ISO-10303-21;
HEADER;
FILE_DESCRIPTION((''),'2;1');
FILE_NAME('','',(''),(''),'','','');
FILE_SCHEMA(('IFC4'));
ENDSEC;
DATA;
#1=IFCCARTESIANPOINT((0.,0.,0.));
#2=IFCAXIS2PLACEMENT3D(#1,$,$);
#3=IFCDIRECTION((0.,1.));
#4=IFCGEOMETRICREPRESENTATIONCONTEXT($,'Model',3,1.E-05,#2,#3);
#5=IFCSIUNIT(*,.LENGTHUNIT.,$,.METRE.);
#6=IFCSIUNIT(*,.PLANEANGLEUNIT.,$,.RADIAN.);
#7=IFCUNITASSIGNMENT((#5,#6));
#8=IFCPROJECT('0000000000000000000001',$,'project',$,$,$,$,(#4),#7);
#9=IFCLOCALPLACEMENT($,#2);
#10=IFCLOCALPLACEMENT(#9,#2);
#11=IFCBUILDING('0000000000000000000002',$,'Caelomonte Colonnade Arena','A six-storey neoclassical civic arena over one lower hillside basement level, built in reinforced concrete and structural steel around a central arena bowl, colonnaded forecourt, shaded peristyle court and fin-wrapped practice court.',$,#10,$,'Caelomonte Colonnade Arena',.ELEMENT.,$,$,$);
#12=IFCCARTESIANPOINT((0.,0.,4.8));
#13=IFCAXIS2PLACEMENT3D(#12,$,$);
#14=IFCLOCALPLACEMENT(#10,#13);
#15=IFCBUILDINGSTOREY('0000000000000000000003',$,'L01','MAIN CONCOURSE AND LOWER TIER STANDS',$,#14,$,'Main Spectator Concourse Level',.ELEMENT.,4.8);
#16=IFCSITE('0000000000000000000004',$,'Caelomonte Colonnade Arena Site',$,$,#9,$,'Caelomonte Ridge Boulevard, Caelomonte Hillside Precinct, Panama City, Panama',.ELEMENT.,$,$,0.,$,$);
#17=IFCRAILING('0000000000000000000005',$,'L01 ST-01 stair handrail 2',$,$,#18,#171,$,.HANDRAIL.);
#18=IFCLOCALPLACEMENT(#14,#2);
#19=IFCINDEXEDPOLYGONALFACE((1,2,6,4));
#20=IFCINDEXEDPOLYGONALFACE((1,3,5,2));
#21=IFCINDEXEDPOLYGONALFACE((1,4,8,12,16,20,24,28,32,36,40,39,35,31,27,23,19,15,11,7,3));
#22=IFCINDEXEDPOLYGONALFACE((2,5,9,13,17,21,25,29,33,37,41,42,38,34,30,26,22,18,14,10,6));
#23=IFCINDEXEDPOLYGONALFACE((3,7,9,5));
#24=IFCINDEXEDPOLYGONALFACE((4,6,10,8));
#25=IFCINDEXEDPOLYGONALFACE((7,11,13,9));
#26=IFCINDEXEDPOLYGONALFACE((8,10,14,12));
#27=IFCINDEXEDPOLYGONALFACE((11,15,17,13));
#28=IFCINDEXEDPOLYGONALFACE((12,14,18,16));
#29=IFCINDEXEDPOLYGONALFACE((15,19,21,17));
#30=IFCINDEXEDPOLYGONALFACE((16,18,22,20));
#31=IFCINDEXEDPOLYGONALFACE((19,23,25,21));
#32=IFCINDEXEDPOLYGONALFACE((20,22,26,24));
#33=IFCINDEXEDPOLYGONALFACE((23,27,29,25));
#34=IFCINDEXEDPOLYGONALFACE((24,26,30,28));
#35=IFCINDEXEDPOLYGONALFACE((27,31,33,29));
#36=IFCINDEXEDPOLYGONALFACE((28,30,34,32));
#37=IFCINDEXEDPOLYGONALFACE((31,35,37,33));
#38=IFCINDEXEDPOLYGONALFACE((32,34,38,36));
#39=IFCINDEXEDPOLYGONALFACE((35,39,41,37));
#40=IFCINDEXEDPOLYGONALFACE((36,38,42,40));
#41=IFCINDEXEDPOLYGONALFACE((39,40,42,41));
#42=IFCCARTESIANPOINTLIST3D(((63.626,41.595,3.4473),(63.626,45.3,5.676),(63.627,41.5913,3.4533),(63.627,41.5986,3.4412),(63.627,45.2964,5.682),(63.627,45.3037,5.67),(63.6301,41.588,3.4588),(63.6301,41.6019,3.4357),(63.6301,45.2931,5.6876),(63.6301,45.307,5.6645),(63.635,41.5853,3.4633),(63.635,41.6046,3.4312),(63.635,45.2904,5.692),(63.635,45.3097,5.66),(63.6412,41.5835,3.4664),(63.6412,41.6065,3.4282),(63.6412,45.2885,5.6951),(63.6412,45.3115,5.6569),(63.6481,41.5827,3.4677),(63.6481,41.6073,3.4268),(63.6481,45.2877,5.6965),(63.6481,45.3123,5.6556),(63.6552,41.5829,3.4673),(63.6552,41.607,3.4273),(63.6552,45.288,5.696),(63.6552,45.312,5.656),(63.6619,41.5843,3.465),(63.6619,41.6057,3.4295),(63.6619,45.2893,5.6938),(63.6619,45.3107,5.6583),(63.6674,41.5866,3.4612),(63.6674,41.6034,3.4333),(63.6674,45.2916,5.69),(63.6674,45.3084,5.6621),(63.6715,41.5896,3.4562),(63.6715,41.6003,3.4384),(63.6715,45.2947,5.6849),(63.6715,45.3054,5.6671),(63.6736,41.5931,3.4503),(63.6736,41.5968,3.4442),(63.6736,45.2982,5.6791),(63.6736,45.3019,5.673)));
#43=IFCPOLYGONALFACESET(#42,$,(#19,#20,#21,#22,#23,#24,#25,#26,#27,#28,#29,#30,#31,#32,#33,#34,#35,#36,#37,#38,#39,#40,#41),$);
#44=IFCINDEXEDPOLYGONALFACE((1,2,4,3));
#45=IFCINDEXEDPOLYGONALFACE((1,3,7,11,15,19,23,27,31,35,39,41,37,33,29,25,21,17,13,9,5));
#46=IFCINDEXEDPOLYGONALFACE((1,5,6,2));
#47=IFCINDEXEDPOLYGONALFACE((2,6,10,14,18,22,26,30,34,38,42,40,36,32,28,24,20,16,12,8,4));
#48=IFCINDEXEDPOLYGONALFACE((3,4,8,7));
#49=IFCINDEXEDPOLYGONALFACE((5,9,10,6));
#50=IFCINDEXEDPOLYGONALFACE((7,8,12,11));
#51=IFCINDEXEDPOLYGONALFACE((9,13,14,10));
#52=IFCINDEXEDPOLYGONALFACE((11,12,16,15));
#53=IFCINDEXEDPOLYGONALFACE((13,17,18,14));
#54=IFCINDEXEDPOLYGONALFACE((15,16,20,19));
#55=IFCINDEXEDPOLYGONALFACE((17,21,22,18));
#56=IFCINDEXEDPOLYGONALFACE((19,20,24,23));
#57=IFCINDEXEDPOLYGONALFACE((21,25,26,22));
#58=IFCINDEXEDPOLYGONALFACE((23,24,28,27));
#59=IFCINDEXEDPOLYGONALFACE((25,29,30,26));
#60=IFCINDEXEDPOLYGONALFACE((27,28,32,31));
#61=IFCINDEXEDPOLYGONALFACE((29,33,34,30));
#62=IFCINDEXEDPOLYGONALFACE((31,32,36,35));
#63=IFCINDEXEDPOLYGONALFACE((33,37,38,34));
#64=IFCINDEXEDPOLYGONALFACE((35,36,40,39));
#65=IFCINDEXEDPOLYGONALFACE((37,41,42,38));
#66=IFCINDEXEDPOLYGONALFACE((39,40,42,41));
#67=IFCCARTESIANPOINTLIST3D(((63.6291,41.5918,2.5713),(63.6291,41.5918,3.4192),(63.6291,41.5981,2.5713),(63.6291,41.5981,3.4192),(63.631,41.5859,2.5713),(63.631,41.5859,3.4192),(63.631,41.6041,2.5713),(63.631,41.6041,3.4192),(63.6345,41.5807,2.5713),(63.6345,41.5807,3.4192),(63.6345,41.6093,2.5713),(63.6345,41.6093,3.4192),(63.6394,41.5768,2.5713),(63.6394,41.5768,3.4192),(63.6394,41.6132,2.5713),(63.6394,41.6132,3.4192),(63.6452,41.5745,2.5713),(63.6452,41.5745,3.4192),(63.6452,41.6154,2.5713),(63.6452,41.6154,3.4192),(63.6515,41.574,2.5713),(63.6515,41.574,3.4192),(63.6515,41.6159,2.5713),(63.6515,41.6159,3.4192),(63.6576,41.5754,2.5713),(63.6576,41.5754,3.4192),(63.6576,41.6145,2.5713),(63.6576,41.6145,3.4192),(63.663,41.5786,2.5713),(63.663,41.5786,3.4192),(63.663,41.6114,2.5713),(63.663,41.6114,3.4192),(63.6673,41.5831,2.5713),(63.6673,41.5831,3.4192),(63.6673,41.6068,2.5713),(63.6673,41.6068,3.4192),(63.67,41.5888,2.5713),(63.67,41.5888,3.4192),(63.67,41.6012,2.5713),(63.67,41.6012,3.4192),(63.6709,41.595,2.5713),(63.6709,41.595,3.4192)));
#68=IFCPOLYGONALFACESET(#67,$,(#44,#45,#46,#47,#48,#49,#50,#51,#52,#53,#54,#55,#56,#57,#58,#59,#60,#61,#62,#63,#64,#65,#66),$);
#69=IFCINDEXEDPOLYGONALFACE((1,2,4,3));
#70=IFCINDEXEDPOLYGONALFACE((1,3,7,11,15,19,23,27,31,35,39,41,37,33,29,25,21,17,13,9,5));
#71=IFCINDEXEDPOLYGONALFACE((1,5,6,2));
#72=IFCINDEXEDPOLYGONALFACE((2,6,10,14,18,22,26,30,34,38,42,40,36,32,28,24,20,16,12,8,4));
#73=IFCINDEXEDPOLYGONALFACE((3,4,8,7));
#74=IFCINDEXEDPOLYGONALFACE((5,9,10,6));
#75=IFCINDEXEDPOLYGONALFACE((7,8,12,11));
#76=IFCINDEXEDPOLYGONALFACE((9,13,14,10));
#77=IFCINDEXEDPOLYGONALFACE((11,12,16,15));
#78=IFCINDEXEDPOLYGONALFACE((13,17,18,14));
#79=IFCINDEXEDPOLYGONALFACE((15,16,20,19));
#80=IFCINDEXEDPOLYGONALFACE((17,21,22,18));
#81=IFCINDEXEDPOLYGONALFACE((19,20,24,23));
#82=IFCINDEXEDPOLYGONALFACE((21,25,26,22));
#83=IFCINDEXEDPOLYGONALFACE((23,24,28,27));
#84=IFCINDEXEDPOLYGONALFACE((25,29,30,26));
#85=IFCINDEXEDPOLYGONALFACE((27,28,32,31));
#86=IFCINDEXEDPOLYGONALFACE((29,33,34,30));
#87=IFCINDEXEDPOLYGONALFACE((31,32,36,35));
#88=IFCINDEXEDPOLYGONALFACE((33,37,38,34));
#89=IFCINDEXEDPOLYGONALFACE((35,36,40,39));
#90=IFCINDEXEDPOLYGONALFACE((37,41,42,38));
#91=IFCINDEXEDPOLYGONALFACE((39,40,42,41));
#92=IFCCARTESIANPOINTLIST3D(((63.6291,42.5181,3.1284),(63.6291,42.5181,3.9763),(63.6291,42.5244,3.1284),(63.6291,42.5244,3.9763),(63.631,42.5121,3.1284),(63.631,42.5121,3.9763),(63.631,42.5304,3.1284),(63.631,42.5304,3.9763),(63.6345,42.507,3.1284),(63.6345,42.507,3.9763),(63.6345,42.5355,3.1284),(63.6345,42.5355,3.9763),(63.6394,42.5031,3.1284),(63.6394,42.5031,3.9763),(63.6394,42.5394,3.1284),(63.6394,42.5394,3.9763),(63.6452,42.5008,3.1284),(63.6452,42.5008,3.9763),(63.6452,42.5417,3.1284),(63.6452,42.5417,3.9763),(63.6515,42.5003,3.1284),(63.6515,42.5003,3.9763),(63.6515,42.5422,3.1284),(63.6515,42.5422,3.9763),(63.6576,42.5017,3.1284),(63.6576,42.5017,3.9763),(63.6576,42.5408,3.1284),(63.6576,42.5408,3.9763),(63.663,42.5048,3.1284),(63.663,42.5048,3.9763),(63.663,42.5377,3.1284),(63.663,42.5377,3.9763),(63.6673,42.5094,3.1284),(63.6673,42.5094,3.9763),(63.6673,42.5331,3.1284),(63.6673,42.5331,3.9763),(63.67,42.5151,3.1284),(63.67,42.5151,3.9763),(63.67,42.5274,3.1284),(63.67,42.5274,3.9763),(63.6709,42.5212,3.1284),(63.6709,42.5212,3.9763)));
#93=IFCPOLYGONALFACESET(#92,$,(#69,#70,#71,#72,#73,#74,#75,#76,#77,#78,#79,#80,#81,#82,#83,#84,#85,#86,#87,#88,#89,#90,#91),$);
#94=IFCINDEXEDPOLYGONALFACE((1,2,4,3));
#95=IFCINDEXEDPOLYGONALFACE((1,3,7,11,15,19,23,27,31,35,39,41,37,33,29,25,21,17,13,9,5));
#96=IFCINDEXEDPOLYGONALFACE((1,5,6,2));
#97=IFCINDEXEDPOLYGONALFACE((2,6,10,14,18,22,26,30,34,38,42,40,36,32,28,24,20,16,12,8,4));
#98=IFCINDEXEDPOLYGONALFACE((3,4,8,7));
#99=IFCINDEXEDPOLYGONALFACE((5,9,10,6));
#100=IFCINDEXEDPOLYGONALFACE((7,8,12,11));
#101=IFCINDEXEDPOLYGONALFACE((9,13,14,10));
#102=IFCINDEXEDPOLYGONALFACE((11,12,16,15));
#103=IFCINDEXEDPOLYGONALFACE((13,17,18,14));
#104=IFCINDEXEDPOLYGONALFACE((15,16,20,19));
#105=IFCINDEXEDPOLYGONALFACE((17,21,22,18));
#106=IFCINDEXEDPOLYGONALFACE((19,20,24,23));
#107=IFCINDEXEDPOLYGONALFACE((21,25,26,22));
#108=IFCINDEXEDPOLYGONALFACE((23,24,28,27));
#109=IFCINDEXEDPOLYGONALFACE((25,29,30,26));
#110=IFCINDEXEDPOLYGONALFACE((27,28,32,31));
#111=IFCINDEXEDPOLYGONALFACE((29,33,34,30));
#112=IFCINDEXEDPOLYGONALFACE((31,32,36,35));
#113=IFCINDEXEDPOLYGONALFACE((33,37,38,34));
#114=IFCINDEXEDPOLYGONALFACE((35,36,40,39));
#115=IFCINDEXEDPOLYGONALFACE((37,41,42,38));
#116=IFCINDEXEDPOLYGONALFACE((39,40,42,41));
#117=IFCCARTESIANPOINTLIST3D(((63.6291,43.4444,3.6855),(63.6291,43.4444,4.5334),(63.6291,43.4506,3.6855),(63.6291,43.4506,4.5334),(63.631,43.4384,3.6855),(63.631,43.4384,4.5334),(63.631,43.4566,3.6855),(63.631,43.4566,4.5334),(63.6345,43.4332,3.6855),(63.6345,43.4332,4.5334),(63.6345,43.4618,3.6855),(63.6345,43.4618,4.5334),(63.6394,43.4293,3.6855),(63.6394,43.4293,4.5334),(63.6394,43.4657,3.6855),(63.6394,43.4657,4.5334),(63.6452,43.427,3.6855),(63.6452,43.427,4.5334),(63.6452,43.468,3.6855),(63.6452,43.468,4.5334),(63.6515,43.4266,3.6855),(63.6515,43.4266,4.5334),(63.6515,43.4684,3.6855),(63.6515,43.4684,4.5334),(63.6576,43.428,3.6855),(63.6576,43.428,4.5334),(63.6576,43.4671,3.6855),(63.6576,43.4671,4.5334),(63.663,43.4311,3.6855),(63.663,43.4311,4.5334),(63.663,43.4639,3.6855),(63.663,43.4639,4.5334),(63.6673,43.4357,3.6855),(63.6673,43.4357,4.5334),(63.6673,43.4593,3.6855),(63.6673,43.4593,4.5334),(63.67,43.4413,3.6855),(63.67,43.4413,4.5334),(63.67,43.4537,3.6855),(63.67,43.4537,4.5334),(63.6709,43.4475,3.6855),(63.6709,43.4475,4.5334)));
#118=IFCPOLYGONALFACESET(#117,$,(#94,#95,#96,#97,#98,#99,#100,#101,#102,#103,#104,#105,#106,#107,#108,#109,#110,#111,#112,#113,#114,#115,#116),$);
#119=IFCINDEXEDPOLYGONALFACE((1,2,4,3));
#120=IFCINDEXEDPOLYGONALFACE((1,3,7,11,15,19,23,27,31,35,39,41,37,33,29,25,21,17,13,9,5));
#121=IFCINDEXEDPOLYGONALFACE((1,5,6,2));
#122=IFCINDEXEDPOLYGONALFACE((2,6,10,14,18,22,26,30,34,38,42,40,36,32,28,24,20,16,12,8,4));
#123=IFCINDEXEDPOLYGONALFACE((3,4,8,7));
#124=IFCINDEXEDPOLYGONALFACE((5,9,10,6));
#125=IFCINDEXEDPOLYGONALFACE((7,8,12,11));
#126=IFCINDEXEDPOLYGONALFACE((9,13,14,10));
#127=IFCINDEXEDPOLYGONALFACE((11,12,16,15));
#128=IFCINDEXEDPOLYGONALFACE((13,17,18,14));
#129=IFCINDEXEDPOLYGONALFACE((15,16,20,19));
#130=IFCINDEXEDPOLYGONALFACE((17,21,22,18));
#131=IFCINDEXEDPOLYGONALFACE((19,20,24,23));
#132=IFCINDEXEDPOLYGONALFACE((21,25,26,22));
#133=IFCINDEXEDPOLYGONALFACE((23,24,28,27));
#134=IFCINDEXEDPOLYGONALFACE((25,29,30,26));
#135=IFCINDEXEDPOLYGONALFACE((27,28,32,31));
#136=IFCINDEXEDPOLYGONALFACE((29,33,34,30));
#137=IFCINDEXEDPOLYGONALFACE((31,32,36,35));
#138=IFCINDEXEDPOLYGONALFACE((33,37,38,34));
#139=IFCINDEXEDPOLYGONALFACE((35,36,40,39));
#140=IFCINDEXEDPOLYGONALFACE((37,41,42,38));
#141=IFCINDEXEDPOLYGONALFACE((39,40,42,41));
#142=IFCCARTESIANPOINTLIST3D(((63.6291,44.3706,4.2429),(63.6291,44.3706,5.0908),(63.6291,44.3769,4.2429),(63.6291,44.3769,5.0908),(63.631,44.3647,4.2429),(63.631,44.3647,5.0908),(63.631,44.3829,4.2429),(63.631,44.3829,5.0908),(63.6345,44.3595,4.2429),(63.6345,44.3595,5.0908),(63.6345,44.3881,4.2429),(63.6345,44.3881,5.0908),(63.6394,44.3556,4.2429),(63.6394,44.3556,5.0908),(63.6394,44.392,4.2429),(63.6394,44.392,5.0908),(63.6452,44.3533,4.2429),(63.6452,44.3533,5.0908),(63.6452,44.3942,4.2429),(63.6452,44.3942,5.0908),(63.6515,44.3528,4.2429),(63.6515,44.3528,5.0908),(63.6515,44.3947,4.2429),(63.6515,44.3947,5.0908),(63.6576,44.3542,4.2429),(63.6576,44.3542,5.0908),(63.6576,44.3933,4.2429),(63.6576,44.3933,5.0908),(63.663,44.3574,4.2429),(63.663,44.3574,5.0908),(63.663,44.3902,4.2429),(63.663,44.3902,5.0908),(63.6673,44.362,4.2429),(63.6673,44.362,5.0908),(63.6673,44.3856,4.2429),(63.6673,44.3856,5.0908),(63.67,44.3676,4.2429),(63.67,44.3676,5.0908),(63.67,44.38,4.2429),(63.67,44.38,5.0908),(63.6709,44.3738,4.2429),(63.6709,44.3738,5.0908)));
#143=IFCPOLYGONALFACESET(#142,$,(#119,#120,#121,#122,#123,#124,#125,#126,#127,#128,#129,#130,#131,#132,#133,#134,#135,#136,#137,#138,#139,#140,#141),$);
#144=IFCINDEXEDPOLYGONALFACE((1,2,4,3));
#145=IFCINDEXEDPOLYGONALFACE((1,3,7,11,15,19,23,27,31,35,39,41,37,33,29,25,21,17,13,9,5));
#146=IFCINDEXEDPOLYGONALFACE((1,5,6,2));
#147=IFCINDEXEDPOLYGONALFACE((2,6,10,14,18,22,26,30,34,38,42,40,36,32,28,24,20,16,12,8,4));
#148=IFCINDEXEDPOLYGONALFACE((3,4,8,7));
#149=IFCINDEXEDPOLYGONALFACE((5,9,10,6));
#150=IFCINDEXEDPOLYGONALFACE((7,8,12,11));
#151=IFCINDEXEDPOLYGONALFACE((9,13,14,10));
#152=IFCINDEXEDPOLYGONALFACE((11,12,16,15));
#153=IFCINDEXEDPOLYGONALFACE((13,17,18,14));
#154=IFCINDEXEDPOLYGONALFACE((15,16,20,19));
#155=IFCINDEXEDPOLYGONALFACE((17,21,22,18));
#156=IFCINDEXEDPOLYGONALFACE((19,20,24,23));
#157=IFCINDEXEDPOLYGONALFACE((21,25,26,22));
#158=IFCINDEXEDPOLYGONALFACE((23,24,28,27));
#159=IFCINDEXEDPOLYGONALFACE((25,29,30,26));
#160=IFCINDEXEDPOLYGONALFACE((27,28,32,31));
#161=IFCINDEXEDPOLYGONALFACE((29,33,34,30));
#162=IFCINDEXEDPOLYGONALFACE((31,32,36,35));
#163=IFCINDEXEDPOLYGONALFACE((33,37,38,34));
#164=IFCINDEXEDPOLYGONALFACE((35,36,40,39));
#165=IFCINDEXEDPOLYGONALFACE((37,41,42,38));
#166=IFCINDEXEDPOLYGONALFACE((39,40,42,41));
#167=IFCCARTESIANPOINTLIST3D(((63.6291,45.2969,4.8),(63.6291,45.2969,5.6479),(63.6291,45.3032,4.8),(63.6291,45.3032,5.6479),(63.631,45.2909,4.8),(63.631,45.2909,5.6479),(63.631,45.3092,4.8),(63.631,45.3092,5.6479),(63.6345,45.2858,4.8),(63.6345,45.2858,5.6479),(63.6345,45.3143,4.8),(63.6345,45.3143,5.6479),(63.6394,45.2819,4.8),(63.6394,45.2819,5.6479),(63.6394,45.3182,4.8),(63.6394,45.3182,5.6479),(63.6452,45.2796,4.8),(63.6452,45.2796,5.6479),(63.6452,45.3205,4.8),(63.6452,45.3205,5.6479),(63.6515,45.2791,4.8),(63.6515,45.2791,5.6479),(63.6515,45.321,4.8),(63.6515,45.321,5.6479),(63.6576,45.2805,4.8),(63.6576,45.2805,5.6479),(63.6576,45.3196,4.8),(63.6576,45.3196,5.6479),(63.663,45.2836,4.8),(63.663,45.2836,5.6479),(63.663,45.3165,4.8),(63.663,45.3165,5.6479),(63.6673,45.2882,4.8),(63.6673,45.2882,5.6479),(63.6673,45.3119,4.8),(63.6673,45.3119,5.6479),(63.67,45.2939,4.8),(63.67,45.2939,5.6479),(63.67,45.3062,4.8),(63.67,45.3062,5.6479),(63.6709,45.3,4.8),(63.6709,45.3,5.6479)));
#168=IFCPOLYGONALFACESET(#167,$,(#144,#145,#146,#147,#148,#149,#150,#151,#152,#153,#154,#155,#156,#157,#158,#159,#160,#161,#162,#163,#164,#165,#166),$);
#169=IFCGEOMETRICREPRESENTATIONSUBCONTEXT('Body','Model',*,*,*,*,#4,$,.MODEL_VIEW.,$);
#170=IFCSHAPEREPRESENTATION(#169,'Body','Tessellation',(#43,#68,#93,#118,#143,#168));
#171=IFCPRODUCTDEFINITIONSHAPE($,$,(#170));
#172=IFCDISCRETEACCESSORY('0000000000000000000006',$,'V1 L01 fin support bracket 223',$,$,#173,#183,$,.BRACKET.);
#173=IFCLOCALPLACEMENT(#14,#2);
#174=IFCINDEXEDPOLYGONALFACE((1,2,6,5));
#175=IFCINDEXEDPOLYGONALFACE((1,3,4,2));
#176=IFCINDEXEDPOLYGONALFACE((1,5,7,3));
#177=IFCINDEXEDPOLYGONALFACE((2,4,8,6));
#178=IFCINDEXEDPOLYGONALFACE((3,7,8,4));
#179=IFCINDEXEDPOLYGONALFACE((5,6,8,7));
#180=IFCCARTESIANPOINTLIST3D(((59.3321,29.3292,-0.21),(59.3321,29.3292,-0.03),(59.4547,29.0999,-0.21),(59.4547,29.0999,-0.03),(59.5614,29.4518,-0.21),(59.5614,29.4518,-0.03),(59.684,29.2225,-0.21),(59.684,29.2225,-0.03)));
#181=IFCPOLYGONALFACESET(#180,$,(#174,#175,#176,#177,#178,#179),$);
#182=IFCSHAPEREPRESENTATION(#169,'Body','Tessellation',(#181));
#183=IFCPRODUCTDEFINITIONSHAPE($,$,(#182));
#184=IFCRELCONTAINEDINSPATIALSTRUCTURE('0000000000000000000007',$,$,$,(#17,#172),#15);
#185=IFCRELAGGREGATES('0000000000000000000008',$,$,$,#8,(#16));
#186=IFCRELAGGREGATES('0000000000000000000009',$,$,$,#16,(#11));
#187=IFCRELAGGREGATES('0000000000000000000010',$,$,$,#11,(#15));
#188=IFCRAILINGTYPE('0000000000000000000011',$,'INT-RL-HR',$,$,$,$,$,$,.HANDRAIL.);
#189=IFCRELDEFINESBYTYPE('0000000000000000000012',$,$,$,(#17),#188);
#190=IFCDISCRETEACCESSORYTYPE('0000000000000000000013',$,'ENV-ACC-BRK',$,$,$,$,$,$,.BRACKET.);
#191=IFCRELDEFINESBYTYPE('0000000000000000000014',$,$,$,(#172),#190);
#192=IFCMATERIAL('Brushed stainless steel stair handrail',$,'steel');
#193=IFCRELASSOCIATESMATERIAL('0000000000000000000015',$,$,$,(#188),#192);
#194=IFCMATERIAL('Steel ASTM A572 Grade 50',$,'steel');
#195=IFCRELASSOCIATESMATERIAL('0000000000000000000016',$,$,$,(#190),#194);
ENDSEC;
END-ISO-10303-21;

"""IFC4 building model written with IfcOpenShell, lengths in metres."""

from ifc_helpers import new_model, si_unit, direction, frame, origin, origin_2d, place, context, subcontext, project, spatial, rectangle, circle, extrude, material, type_object, element, save


model = new_model("IFC4")

# Units and contexts
model_context = context("Model", 3, precision=1e-05, world=origin(), true_north=direction((0.0, 1.0)))
body_context = subcontext(model_context, "Body", "Model", "MODEL_VIEW")
ifc_project = project(units=[si_unit("LENGTHUNIT", "METRE"), si_unit("PLANEANGLEUNIT", "RADIAN")], contexts=[model_context])

# Site, building, storey
site_placement = place(None, origin())
site = spatial("IfcSite", under=ifc_project, at=site_placement, Name="Caelomonte Colonnade Arena Site", LongName="Caelomonte Ridge Boulevard, Caelomonte Hillside Precinct, Panama City, Panama", CompositionType="ELEMENT", RefElevation=0.0)
building_placement = place(site_placement, origin())
building = spatial("IfcBuilding", under=site, at=building_placement, Name="Caelomonte Colonnade Arena", Description="A six-storey neoclassical civic arena over one lower hillside basement level, built in reinforced concrete and structural steel around a central arena bowl, colonnaded forecourt, shaded peristyle court and fin-wrapped practice court.", LongName="Caelomonte Colonnade Arena", CompositionType="ELEMENT")
storey_placement = place(building_placement, frame((0.0, 0.0, 4.8)))
storey = spatial("IfcBuildingStorey", under=building, at=storey_placement, Name="L01", Description="MAIN CONCOURSE AND LOWER TIER STANDS", LongName="Main Spectator Concourse Level", CompositionType="ELEMENT", Elevation=4.8)

# Railing
ifc_material_1 = material(Name="Brushed stainless steel stair handrail", Category="steel")
railing_type_1 = type_object("IfcRailingType", Name="INT-RL-HR", PredefinedType="HANDRAIL", material=ifc_material_1)
railing_1_placement = place(storey_placement, frame((63.6499, 41.595, 2.5713)))
element("IfcRailing", 1, at=railing_1_placement, inside=storey, type_object=railing_type_1, Name="L01 ST-01 stair handrail 2", PredefinedType="HANDRAIL", context=body_context, shape_type="SweptSolid", body=[
    extrude(circle(Radius=0.0239, at=origin_2d()), frame((0.0, 0.0, 0.876), z_axis=(0.0, 0.856909, 0.515467), x_axis=(-1.0, 0.0, 0.0)), (0.0, 0.0, 1.0), 4.3237),
    extrude(circle(Radius=0.021, at=origin_2d()), origin(), (0.0, 0.0, 1.0), 0.8479),
    extrude(circle(Radius=0.021, at=origin_2d()), frame((0.0, 0.9263, 0.5571)), (0.0, 0.0, 1.0), 0.8479),
    extrude(circle(Radius=0.021, at=origin_2d()), frame((0.0, 1.8525, 1.1143)), (0.0, 0.0, 1.0), 0.8479),
    extrude(circle(Radius=0.021, at=origin_2d()), frame((0.0, 2.7788, 1.6716)), (0.0, 0.0, 1.0), 0.8479),
    extrude(circle(Radius=0.021, at=origin_2d()), frame((0.0, 3.7051, 2.2288)), (0.0, 0.0, 1.0), 0.8479),
])

# Discrete accessory
ifc_material_2 = material(Name="Steel ASTM A572 Grade 50", Category="steel")
discrete_accessory_type = type_object("IfcDiscreteAccessoryType", Name="ENV-ACC-BRK", PredefinedType="BRACKET", material=ifc_material_2)
discrete_accessory_placement = place(storey_placement, frame((59.5081, 29.2759, -0.21), z_axis=(0.0, 0.0, 1.0), x_axis=(0.471397, -0.881921, 0.0)))
element("IfcDiscreteAccessory", 2, at=discrete_accessory_placement, inside=storey, type_object=discrete_accessory_type, Name="V1 L01 fin support bracket 223", PredefinedType="BRACKET", context=body_context, shape_type="SweptSolid", body=[
    extrude(rectangle(XDim=0.26, YDim=0.26, at=origin_2d()), origin(), (0.0, 0.0, 1.0), 0.1799),
])

save(model, "model.ifc")
